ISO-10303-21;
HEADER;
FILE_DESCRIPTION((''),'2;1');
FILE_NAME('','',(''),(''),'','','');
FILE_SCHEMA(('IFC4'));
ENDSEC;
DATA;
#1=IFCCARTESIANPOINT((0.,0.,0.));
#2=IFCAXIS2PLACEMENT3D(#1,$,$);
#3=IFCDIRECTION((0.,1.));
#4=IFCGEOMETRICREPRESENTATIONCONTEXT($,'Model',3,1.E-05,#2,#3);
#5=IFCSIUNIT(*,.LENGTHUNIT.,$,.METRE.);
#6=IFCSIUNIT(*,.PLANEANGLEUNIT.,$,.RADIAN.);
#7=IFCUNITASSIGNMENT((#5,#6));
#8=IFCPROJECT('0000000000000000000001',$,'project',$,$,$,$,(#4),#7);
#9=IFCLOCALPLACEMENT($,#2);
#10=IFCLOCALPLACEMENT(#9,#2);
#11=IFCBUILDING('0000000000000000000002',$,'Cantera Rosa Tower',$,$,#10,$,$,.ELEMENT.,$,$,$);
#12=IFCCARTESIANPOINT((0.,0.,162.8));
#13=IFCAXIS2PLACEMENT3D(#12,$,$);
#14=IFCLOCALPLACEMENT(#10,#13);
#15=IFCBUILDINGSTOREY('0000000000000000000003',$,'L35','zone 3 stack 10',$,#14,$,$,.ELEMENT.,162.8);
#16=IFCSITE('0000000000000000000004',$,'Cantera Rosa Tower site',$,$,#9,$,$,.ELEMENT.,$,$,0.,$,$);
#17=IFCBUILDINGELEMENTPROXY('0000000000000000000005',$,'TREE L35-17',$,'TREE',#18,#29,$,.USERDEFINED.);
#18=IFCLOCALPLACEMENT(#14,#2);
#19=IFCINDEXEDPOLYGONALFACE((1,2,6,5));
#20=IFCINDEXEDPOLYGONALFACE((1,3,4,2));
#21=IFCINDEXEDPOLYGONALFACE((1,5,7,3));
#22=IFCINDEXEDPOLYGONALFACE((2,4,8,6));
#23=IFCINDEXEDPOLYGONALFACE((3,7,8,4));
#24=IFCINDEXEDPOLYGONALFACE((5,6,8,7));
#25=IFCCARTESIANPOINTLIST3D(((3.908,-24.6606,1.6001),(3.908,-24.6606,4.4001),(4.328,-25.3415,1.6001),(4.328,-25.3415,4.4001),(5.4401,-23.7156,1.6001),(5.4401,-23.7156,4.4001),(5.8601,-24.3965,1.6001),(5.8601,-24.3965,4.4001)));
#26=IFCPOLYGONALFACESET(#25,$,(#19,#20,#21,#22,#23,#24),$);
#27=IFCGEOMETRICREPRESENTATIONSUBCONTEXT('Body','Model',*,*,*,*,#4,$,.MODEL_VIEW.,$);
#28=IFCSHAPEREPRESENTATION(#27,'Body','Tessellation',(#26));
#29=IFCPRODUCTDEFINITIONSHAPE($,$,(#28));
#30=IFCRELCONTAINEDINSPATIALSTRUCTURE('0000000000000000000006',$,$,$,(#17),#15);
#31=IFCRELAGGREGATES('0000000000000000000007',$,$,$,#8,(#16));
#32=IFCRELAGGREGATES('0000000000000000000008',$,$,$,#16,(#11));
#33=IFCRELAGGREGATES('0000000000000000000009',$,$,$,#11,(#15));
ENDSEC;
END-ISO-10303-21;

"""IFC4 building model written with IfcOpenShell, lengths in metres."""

from ifc_helpers import new_model, si_unit, direction, frame, origin, origin_2d, place, context, subcontext, project, spatial, rectangle, extrude, element, save


model = new_model("IFC4")

# Units and contexts
model_context = context("Model", 3, precision=1e-05, world=origin(), true_north=direction((0.0, 1.0)))
body_context = subcontext(model_context, "Body", "Model", "MODEL_VIEW")
ifc_project = project(units=[si_unit("LENGTHUNIT", "METRE"), si_unit("PLANEANGLEUNIT", "RADIAN")], contexts=[model_context])

# Site, building, storey
site_placement = place(None, origin())
site = spatial("IfcSite", under=ifc_project, at=site_placement, Name="Cantera Rosa Tower site", CompositionType="ELEMENT", RefElevation=0.0)
building_placement = place(site_placement, origin())
building = spatial("IfcBuilding", under=site, at=building_placement, Name="Cantera Rosa Tower", CompositionType="ELEMENT")
storey_placement = place(building_placement, frame((0.0, 0.0, 162.8)))
storey = spatial("IfcBuildingStorey", under=building, at=storey_placement, Name="L35", Description="zone 3 stack 10", CompositionType="ELEMENT", Elevation=162.8)

# Building element proxy
proxy_placement = place(storey_placement, frame((4.884, -24.5286, 1.6001), z_axis=(0.0, 0.0, 1.0), x_axis=(0.851117, 0.524977, 0.0)))
element("IfcBuildingElementProxy", 1, at=proxy_placement, inside=storey, Name="TREE L35-17", ObjectType="TREE", PredefinedType="USERDEFINED", context=body_context, shape_type="SweptSolid", body=[
    extrude(rectangle(XDim=1.8, YDim=0.8, at=origin_2d()), origin(), (0.0, 0.0, 1.0), 2.8),
])

save(model, "model.ifc")
